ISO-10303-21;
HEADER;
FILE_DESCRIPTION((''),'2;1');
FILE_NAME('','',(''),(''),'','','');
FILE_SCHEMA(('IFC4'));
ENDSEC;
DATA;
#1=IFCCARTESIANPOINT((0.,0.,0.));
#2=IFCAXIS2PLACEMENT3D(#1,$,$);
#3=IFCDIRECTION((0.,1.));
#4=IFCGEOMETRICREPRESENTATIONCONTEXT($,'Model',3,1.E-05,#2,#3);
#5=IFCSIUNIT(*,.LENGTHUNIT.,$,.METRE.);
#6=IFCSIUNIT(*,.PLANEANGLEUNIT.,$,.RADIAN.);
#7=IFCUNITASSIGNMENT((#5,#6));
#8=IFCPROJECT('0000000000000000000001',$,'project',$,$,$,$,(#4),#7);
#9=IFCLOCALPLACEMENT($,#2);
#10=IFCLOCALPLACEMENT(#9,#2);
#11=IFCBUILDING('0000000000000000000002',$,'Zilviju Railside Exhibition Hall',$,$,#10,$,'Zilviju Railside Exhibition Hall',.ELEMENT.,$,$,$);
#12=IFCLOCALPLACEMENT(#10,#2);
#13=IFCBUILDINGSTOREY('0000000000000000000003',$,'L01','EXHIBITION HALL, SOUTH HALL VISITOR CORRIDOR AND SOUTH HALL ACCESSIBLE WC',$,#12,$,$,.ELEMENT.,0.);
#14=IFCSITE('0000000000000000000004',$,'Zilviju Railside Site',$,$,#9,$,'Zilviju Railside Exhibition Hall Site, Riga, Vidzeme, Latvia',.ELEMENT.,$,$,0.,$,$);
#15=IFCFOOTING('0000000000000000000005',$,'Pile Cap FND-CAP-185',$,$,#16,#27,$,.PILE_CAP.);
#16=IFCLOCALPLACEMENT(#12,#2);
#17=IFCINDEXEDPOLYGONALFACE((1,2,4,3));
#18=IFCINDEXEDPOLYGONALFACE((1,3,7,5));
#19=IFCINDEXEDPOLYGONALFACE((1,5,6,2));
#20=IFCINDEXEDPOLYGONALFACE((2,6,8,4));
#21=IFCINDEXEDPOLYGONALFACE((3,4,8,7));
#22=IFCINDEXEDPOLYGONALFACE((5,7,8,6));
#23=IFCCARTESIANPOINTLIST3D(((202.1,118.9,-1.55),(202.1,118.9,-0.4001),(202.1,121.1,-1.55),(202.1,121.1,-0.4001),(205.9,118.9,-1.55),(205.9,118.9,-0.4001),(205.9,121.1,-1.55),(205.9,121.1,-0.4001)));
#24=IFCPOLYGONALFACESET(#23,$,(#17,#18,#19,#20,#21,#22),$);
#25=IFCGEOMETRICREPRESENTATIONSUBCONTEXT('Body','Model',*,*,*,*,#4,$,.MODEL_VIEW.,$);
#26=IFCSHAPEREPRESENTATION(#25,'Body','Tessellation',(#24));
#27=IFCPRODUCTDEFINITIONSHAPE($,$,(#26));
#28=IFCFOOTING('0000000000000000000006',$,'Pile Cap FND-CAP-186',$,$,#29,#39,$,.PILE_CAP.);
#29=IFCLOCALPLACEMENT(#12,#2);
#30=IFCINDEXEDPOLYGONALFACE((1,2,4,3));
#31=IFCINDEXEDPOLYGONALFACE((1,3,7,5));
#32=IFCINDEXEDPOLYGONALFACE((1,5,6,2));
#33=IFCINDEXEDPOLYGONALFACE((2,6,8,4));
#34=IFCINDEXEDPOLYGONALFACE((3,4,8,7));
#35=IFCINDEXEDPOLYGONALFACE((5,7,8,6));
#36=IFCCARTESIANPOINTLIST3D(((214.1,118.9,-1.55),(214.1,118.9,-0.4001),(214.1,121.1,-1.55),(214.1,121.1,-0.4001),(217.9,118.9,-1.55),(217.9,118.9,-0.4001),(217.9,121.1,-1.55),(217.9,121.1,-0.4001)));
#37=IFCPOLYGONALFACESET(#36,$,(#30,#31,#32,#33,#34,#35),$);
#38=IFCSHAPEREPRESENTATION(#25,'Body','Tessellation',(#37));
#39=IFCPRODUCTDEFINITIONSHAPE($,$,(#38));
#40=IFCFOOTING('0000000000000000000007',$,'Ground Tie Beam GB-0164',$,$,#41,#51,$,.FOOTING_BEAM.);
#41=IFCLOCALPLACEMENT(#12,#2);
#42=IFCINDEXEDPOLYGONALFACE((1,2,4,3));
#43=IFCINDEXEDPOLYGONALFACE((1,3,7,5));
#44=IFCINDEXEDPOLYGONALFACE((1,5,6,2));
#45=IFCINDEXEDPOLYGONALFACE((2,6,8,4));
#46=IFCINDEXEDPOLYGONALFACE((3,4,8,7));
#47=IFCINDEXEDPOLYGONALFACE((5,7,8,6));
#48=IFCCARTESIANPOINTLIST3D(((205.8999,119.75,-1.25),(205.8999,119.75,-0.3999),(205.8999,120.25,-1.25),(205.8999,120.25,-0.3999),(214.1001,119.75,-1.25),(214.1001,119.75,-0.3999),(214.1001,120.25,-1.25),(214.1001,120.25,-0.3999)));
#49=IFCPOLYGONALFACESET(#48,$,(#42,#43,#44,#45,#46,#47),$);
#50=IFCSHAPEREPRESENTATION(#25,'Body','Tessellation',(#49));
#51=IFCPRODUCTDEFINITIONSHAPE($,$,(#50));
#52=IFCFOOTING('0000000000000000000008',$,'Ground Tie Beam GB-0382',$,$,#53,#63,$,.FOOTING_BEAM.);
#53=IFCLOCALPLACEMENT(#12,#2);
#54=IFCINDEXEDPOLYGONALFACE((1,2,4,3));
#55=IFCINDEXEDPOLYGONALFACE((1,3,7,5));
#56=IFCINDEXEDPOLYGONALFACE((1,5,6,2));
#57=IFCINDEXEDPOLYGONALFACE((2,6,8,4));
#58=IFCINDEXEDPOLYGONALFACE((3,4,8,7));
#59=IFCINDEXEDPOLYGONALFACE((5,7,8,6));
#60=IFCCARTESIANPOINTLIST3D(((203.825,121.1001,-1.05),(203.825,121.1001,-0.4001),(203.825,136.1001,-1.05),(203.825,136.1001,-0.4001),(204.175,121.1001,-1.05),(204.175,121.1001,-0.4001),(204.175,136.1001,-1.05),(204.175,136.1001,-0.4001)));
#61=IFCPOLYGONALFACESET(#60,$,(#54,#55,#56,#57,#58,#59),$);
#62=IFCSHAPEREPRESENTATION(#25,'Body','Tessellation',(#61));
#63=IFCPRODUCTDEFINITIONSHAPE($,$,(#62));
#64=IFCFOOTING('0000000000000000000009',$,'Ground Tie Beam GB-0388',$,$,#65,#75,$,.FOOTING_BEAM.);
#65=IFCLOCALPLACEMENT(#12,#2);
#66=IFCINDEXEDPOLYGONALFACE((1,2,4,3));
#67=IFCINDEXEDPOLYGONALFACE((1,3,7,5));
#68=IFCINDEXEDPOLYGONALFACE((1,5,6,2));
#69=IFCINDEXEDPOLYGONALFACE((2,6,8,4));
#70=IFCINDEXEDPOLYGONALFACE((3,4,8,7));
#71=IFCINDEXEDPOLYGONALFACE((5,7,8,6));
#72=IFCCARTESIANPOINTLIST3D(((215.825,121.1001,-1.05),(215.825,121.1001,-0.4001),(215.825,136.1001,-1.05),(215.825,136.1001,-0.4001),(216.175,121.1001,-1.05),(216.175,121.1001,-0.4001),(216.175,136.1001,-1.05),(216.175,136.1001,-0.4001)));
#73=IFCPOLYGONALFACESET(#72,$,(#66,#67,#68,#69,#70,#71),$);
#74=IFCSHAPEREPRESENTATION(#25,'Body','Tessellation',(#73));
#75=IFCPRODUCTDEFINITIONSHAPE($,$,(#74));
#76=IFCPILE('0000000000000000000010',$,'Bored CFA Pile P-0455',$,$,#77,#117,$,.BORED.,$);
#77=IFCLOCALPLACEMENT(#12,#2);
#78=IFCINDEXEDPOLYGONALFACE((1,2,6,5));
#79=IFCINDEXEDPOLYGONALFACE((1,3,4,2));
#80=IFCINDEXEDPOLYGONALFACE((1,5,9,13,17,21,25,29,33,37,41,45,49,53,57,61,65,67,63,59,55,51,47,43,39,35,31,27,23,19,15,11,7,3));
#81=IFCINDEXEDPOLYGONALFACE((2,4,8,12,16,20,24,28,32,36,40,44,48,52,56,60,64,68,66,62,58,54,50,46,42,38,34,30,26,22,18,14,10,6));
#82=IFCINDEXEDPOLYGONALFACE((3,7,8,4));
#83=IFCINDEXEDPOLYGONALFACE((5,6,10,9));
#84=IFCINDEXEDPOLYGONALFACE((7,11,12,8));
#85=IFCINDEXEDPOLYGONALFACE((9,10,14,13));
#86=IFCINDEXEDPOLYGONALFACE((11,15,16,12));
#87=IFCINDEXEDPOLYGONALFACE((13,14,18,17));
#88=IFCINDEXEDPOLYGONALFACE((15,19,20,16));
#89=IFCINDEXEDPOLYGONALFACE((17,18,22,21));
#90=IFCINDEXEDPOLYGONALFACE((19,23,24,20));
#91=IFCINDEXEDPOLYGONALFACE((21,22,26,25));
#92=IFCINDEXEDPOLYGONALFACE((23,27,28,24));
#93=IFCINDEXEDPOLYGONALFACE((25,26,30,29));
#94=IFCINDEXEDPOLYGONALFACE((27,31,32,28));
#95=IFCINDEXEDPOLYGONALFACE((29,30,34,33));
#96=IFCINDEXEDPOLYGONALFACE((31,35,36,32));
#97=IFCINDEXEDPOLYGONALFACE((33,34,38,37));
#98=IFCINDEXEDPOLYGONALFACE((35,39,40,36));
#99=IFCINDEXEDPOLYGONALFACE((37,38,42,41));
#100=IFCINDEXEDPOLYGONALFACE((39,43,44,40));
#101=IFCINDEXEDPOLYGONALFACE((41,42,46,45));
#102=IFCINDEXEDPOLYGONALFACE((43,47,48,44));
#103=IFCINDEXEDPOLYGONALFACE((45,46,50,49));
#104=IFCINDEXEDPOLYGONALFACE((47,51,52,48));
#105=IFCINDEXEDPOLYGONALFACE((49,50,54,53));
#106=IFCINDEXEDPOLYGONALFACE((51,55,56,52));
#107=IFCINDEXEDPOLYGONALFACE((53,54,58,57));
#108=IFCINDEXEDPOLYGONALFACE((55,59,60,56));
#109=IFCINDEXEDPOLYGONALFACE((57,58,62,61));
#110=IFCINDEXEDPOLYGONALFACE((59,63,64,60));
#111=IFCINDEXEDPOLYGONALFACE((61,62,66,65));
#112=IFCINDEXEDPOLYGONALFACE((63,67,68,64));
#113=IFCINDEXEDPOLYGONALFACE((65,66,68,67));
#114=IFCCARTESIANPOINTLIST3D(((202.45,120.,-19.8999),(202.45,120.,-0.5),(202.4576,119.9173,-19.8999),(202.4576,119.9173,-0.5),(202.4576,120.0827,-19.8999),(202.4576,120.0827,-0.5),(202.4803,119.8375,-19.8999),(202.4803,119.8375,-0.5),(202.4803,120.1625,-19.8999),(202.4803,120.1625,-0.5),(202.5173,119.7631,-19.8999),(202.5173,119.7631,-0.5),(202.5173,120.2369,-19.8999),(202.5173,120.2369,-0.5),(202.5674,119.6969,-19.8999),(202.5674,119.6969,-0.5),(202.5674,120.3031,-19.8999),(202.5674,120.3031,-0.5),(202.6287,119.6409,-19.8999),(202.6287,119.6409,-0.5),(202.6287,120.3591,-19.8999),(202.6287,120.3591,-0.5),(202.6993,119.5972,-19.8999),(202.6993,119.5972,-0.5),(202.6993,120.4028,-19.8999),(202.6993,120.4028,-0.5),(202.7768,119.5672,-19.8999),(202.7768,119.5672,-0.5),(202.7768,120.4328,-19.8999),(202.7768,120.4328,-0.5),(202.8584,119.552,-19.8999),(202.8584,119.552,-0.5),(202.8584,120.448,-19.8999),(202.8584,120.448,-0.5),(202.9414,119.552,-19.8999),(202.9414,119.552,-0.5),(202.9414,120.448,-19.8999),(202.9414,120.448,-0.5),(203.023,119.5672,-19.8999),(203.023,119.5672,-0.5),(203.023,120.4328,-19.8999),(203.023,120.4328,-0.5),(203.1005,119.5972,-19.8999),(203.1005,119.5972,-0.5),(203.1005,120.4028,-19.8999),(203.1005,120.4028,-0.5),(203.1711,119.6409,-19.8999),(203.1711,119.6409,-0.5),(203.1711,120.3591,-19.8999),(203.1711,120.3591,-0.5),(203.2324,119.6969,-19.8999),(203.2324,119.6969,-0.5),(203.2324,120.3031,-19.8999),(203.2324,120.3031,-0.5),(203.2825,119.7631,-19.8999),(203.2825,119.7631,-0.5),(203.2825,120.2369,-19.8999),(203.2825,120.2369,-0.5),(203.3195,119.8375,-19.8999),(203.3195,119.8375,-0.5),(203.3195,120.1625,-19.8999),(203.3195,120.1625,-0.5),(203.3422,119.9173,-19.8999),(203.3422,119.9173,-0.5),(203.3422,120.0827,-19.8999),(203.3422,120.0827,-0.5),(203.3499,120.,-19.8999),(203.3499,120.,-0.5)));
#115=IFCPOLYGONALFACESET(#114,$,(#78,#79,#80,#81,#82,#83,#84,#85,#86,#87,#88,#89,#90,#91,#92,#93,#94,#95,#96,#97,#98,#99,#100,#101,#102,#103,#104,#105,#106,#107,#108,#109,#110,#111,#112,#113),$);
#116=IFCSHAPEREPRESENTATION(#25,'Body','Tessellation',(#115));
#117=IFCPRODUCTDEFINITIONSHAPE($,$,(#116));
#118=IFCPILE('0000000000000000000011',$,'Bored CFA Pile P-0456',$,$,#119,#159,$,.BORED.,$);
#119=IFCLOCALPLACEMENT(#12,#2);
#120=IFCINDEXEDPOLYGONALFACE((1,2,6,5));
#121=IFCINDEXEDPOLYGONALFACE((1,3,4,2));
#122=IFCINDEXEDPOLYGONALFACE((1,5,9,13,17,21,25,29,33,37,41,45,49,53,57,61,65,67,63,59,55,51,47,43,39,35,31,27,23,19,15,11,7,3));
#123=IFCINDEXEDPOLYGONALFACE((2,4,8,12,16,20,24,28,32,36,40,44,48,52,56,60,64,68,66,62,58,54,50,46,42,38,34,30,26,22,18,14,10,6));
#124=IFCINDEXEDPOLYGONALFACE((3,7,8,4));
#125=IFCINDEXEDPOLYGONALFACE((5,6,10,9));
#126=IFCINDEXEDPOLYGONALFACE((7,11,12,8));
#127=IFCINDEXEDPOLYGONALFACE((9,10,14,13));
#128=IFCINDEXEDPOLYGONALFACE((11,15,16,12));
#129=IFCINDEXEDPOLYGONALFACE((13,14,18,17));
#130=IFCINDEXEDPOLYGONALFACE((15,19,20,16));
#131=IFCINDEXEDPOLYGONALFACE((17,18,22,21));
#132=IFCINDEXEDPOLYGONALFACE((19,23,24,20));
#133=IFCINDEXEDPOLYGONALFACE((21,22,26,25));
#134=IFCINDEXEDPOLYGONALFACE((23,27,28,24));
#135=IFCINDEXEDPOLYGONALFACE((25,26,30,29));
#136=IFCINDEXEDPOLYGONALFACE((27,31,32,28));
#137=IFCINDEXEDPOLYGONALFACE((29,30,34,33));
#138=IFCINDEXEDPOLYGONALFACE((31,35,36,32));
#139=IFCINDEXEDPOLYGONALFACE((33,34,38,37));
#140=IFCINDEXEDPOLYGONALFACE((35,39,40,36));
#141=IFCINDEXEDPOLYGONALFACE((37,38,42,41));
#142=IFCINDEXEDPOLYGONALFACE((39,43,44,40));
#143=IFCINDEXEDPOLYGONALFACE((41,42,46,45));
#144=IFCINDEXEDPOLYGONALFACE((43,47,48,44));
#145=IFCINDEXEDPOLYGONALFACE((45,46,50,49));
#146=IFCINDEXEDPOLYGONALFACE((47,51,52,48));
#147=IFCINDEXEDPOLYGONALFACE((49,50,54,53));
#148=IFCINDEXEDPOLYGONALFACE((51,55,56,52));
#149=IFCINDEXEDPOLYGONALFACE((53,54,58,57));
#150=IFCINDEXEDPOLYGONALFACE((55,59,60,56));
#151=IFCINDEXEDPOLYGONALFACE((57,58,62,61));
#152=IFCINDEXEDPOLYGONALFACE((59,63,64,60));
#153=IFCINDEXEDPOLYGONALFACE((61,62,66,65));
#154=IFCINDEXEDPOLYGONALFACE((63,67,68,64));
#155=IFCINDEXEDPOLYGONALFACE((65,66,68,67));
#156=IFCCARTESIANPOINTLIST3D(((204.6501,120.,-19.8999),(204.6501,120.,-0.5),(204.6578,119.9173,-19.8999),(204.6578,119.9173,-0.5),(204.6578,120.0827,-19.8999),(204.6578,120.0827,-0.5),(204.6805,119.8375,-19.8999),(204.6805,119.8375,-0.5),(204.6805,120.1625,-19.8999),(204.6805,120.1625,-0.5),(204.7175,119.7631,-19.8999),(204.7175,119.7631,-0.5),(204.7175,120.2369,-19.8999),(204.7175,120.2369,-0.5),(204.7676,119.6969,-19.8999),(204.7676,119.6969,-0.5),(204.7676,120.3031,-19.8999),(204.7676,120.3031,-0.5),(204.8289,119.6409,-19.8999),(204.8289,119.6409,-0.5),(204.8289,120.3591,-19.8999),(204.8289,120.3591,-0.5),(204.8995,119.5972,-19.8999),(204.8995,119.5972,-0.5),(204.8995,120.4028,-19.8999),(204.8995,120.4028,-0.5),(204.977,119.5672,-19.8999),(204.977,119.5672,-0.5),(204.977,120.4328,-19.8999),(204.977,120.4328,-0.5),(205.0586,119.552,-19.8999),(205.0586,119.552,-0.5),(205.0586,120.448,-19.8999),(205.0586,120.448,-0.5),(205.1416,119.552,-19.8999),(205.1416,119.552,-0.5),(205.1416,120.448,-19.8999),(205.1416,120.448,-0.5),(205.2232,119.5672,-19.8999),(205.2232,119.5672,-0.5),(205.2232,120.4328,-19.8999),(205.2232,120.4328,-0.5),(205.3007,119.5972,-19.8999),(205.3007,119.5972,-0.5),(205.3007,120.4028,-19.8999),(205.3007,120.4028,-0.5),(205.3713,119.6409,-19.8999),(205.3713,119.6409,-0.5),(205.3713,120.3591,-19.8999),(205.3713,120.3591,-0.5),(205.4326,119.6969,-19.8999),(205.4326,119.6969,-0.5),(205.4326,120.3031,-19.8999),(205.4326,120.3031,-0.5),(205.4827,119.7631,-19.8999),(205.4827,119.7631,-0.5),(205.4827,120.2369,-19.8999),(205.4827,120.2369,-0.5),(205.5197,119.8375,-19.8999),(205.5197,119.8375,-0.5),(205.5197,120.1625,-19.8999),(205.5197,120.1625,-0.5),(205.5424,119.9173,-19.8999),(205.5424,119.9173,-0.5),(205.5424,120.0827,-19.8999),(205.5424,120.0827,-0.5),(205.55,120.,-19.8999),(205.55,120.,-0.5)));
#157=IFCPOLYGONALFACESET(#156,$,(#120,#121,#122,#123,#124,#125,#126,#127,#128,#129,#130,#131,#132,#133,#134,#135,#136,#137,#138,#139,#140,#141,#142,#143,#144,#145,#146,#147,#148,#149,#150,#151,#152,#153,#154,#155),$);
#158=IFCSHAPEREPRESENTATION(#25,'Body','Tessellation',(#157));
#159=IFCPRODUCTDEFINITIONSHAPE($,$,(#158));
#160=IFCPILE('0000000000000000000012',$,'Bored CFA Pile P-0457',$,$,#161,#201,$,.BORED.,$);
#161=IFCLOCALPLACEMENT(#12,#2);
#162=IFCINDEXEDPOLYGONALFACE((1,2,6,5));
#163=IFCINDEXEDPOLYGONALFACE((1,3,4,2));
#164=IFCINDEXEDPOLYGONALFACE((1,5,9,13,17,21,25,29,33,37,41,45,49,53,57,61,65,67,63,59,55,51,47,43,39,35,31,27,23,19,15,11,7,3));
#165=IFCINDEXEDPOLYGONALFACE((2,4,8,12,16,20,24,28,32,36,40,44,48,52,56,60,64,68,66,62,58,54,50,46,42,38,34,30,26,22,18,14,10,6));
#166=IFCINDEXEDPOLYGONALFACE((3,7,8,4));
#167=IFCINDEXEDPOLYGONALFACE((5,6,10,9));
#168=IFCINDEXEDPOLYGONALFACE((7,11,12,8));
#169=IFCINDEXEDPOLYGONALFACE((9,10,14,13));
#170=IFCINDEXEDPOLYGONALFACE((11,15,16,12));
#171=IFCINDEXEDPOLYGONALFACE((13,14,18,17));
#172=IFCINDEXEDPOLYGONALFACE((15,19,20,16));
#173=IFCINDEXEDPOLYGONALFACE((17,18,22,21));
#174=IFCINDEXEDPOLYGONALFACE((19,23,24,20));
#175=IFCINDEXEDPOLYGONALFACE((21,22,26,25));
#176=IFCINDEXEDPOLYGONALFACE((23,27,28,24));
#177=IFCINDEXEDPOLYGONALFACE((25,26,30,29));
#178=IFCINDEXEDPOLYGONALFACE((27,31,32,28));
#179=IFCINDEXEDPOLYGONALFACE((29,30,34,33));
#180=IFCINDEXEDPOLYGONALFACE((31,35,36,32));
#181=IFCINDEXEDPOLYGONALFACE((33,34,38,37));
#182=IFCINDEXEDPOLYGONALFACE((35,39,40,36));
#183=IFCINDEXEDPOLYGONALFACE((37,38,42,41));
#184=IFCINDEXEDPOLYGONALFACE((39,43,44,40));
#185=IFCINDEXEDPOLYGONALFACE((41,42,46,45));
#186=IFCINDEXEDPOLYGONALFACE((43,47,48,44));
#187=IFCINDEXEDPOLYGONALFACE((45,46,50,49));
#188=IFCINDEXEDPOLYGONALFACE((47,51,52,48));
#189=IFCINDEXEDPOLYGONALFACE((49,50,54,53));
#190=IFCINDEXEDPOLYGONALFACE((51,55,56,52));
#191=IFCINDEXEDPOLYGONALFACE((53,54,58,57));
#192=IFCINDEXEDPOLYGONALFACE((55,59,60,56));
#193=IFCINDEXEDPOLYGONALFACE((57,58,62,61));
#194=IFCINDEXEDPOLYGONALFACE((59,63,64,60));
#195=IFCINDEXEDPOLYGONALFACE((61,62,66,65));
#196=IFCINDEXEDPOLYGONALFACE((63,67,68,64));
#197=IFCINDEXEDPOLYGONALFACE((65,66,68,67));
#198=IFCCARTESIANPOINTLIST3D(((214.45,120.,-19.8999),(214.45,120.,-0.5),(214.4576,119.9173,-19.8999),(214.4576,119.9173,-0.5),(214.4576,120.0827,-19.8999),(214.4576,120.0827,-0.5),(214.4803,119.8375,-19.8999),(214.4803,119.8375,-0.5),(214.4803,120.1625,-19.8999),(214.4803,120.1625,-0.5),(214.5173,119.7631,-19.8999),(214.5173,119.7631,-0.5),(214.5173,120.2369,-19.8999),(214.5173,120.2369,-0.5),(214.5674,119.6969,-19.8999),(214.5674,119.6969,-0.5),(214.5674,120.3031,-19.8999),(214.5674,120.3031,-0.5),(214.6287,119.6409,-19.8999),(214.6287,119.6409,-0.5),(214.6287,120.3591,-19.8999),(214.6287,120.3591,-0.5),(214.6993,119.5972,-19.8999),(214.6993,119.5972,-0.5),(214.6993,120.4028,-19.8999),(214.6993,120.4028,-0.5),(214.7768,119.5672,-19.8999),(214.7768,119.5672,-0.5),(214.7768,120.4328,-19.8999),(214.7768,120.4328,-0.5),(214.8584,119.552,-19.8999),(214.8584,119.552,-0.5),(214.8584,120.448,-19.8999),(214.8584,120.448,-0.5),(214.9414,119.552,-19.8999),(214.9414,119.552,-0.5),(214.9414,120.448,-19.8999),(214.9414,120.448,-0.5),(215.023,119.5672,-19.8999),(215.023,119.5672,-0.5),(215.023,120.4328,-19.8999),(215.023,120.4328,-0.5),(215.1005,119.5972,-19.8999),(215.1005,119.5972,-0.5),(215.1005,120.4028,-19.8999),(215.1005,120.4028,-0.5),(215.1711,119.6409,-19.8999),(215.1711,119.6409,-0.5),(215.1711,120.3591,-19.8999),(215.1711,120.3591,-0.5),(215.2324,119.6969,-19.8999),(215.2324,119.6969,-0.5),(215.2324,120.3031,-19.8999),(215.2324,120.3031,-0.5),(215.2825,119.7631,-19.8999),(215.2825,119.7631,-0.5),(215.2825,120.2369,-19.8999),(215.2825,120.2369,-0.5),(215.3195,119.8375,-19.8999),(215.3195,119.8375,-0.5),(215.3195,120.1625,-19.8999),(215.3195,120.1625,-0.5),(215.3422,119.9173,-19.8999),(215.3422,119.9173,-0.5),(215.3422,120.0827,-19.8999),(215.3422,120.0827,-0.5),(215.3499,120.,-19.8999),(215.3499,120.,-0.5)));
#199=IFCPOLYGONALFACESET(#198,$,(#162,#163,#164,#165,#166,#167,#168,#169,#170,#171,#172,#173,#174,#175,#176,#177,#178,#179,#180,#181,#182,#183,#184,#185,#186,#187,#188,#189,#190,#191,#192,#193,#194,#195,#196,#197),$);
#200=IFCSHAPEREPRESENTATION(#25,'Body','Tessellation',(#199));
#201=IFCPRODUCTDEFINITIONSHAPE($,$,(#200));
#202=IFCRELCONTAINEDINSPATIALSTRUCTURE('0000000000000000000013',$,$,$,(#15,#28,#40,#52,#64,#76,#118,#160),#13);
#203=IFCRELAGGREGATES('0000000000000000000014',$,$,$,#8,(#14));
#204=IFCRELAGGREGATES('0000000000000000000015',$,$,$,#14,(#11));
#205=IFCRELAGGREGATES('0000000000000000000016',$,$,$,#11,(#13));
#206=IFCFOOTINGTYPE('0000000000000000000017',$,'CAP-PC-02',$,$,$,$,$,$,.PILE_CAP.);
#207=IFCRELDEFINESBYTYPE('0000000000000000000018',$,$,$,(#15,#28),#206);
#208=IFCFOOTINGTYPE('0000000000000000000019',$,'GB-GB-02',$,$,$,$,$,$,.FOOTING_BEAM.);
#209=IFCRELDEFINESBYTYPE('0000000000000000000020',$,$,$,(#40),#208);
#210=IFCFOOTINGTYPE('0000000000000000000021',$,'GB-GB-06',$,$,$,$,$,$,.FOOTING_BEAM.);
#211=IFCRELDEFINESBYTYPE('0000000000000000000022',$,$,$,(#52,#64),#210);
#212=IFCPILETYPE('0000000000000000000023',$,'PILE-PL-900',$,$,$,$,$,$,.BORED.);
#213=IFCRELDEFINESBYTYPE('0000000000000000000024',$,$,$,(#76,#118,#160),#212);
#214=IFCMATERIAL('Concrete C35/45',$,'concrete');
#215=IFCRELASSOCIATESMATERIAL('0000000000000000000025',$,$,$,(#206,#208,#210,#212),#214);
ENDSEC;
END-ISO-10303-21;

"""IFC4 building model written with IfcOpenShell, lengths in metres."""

from ifc_helpers import new_model, si_unit, direction, frame, origin, origin_2d, place, context, subcontext, project, spatial, rectangle, circle, extrude, material, material_profile, profile_set, type_object, element, save


model = new_model("IFC4")

# Units and contexts
model_context = context("Model", 3, precision=1e-05, world=origin(), true_north=direction((0.0, 1.0)))
body_context = subcontext(model_context, "Body", "Model", "MODEL_VIEW")
ifc_project = project(units=[si_unit("LENGTHUNIT", "METRE"), si_unit("PLANEANGLEUNIT", "RADIAN")], contexts=[model_context])

# Site, building, storey
site_placement = place(None, origin())
site = spatial("IfcSite", under=ifc_project, at=site_placement, Name="Zilviju Railside Site", LongName="Zilviju Railside Exhibition Hall Site, Riga, Vidzeme, Latvia", CompositionType="ELEMENT", RefElevation=0.0)
building_placement = place(site_placement, origin())
building = spatial("IfcBuilding", under=site, at=building_placement, Name="Zilviju Railside Exhibition Hall", LongName="Zilviju Railside Exhibition Hall", CompositionType="ELEMENT")
storey_placement = place(building_placement, origin())
storey = spatial("IfcBuildingStorey", under=building, at=storey_placement, Name="L01", Description="EXHIBITION HALL, SOUTH HALL VISITOR CORRIDOR AND SOUTH HALL ACCESSIBLE WC", CompositionType="ELEMENT", Elevation=0.0)

# Footings
ifc_material_1 = material(Name="Concrete C35/45", Category="concrete")
footing_type_1 = type_object("IfcFootingType", Name="CAP-PC-02", PredefinedType="PILE_CAP", material=ifc_material_1)
for number, where, z_axis, x_axis, name in (
    (1, (204.0, 120.0, -1.55), (0.0, 0.0, 1.0), (1.0, 0.0, 0.0), "Pile Cap FND-CAP-185"),
    (2, (216.0, 120.0, -1.55), (0.0, 0.0, 1.0), (1.0, 0.0, 0.0), "Pile Cap FND-CAP-186"),
):
    element("IfcFooting", number, at=place(storey_placement, frame(where, z_axis=z_axis, x_axis=x_axis)), inside=storey, type_object=footing_type_1, Name=name, PredefinedType="PILE_CAP", context=body_context, shape_type="SweptSolid", body=[
        extrude(rectangle(XDim=3.8, YDim=2.2, at=origin_2d()), origin(), (0.0, 0.0, 1.0), 1.1499),
    ])
ifc_material_profile_1 = material_profile(ifc_material_1, rectangle(XDim=0.5, YDim=0.8501, at=origin_2d()), Name="TIE BEAM 500x850")
ifc_profile_set_1 = profile_set([ifc_material_profile_1], Name="Concrete C35/45")
footing_type_2 = type_object("IfcFootingType", Name="GB-GB-02", PredefinedType="FOOTING_BEAM", material=ifc_profile_set_1)
footing_placement = place(storey_placement, frame((205.8999, 120.0, -0.825), z_axis=(1.0, 0.0, 0.0), x_axis=(0.0, 1.0, 0.0)))
element("IfcFooting", 3, at=footing_placement, inside=storey, type_object=footing_type_2, Name="Ground Tie Beam GB-0164", PredefinedType="FOOTING_BEAM", context=body_context, shape_type="SweptSolid", body=[
    extrude(rectangle(XDim=0.5, YDim=0.8501, at=origin_2d()), origin(), (0.0, 0.0, 1.0), 8.2002),
])
ifc_material_profile_2 = material_profile(ifc_material_1, rectangle(XDim=0.3501, YDim=0.6499, at=origin_2d()), Name="TIE BEAM 350x650")
ifc_profile_set_2 = profile_set([ifc_material_profile_2], Name="Concrete C35/45")
footing_type_3 = type_object("IfcFootingType", Name="GB-GB-06", PredefinedType="FOOTING_BEAM", material=ifc_profile_set_2)
for number, where, z_axis, x_axis, name in (
    (4, (204.0, 121.1001, -0.7251), (0.0, 1.0, 0.0), (-1.0, 0.0, 0.0), "Ground Tie Beam GB-0382"),
    (5, (216.0, 121.1001, -0.7251), (0.0, 1.0, 0.0), (-1.0, 0.0, 0.0), "Ground Tie Beam GB-0388"),
):
    element("IfcFooting", number, at=place(storey_placement, frame(where, z_axis=z_axis, x_axis=x_axis)), inside=storey, type_object=footing_type_3, Name=name, PredefinedType="FOOTING_BEAM", context=body_context, shape_type="SweptSolid", body=[
        extrude(rectangle(XDim=0.3501, YDim=0.6499, at=origin_2d()), origin(), (0.0, 0.0, 1.0), 15.0),
    ])

# Piles
ifc_material_profile_3 = material_profile(ifc_material_1, circle(Radius=0.45, at=origin_2d()), Name="CFA PILE D900")
ifc_profile_set_3 = profile_set([ifc_material_profile_3], Name="Concrete C35/45")
pile_type = type_object("IfcPileType", Name="PILE-PL-900", PredefinedType="BORED", material=ifc_profile_set_3)
for number, where, z_axis, x_axis, name in (
    (6, (202.8999, 120.0, -0.5), (0.0, 0.0, -1.0), (1.0, 0.0, 0.0), "Bored CFA Pile P-0455"),
    (7, (205.1001, 120.0, -0.5), (0.0, 0.0, -1.0), (1.0, 0.0, 0.0), "Bored CFA Pile P-0456"),
    (8, (214.8999, 120.0, -0.5), (0.0, 0.0, -1.0), (1.0, 0.0, 0.0), "Bored CFA Pile P-0457"),
):
    element("IfcPile", number, at=place(storey_placement, frame(where, z_axis=z_axis, x_axis=x_axis)), inside=storey, type_object=pile_type, Name=name, PredefinedType="BORED", context=body_context, shape_type="SweptSolid", body=[
        extrude(circle(Radius=0.45, at=origin_2d()), origin(), (0.0, 0.0, 1.0), 19.3999),
    ])

save(model, "model.ifc")
